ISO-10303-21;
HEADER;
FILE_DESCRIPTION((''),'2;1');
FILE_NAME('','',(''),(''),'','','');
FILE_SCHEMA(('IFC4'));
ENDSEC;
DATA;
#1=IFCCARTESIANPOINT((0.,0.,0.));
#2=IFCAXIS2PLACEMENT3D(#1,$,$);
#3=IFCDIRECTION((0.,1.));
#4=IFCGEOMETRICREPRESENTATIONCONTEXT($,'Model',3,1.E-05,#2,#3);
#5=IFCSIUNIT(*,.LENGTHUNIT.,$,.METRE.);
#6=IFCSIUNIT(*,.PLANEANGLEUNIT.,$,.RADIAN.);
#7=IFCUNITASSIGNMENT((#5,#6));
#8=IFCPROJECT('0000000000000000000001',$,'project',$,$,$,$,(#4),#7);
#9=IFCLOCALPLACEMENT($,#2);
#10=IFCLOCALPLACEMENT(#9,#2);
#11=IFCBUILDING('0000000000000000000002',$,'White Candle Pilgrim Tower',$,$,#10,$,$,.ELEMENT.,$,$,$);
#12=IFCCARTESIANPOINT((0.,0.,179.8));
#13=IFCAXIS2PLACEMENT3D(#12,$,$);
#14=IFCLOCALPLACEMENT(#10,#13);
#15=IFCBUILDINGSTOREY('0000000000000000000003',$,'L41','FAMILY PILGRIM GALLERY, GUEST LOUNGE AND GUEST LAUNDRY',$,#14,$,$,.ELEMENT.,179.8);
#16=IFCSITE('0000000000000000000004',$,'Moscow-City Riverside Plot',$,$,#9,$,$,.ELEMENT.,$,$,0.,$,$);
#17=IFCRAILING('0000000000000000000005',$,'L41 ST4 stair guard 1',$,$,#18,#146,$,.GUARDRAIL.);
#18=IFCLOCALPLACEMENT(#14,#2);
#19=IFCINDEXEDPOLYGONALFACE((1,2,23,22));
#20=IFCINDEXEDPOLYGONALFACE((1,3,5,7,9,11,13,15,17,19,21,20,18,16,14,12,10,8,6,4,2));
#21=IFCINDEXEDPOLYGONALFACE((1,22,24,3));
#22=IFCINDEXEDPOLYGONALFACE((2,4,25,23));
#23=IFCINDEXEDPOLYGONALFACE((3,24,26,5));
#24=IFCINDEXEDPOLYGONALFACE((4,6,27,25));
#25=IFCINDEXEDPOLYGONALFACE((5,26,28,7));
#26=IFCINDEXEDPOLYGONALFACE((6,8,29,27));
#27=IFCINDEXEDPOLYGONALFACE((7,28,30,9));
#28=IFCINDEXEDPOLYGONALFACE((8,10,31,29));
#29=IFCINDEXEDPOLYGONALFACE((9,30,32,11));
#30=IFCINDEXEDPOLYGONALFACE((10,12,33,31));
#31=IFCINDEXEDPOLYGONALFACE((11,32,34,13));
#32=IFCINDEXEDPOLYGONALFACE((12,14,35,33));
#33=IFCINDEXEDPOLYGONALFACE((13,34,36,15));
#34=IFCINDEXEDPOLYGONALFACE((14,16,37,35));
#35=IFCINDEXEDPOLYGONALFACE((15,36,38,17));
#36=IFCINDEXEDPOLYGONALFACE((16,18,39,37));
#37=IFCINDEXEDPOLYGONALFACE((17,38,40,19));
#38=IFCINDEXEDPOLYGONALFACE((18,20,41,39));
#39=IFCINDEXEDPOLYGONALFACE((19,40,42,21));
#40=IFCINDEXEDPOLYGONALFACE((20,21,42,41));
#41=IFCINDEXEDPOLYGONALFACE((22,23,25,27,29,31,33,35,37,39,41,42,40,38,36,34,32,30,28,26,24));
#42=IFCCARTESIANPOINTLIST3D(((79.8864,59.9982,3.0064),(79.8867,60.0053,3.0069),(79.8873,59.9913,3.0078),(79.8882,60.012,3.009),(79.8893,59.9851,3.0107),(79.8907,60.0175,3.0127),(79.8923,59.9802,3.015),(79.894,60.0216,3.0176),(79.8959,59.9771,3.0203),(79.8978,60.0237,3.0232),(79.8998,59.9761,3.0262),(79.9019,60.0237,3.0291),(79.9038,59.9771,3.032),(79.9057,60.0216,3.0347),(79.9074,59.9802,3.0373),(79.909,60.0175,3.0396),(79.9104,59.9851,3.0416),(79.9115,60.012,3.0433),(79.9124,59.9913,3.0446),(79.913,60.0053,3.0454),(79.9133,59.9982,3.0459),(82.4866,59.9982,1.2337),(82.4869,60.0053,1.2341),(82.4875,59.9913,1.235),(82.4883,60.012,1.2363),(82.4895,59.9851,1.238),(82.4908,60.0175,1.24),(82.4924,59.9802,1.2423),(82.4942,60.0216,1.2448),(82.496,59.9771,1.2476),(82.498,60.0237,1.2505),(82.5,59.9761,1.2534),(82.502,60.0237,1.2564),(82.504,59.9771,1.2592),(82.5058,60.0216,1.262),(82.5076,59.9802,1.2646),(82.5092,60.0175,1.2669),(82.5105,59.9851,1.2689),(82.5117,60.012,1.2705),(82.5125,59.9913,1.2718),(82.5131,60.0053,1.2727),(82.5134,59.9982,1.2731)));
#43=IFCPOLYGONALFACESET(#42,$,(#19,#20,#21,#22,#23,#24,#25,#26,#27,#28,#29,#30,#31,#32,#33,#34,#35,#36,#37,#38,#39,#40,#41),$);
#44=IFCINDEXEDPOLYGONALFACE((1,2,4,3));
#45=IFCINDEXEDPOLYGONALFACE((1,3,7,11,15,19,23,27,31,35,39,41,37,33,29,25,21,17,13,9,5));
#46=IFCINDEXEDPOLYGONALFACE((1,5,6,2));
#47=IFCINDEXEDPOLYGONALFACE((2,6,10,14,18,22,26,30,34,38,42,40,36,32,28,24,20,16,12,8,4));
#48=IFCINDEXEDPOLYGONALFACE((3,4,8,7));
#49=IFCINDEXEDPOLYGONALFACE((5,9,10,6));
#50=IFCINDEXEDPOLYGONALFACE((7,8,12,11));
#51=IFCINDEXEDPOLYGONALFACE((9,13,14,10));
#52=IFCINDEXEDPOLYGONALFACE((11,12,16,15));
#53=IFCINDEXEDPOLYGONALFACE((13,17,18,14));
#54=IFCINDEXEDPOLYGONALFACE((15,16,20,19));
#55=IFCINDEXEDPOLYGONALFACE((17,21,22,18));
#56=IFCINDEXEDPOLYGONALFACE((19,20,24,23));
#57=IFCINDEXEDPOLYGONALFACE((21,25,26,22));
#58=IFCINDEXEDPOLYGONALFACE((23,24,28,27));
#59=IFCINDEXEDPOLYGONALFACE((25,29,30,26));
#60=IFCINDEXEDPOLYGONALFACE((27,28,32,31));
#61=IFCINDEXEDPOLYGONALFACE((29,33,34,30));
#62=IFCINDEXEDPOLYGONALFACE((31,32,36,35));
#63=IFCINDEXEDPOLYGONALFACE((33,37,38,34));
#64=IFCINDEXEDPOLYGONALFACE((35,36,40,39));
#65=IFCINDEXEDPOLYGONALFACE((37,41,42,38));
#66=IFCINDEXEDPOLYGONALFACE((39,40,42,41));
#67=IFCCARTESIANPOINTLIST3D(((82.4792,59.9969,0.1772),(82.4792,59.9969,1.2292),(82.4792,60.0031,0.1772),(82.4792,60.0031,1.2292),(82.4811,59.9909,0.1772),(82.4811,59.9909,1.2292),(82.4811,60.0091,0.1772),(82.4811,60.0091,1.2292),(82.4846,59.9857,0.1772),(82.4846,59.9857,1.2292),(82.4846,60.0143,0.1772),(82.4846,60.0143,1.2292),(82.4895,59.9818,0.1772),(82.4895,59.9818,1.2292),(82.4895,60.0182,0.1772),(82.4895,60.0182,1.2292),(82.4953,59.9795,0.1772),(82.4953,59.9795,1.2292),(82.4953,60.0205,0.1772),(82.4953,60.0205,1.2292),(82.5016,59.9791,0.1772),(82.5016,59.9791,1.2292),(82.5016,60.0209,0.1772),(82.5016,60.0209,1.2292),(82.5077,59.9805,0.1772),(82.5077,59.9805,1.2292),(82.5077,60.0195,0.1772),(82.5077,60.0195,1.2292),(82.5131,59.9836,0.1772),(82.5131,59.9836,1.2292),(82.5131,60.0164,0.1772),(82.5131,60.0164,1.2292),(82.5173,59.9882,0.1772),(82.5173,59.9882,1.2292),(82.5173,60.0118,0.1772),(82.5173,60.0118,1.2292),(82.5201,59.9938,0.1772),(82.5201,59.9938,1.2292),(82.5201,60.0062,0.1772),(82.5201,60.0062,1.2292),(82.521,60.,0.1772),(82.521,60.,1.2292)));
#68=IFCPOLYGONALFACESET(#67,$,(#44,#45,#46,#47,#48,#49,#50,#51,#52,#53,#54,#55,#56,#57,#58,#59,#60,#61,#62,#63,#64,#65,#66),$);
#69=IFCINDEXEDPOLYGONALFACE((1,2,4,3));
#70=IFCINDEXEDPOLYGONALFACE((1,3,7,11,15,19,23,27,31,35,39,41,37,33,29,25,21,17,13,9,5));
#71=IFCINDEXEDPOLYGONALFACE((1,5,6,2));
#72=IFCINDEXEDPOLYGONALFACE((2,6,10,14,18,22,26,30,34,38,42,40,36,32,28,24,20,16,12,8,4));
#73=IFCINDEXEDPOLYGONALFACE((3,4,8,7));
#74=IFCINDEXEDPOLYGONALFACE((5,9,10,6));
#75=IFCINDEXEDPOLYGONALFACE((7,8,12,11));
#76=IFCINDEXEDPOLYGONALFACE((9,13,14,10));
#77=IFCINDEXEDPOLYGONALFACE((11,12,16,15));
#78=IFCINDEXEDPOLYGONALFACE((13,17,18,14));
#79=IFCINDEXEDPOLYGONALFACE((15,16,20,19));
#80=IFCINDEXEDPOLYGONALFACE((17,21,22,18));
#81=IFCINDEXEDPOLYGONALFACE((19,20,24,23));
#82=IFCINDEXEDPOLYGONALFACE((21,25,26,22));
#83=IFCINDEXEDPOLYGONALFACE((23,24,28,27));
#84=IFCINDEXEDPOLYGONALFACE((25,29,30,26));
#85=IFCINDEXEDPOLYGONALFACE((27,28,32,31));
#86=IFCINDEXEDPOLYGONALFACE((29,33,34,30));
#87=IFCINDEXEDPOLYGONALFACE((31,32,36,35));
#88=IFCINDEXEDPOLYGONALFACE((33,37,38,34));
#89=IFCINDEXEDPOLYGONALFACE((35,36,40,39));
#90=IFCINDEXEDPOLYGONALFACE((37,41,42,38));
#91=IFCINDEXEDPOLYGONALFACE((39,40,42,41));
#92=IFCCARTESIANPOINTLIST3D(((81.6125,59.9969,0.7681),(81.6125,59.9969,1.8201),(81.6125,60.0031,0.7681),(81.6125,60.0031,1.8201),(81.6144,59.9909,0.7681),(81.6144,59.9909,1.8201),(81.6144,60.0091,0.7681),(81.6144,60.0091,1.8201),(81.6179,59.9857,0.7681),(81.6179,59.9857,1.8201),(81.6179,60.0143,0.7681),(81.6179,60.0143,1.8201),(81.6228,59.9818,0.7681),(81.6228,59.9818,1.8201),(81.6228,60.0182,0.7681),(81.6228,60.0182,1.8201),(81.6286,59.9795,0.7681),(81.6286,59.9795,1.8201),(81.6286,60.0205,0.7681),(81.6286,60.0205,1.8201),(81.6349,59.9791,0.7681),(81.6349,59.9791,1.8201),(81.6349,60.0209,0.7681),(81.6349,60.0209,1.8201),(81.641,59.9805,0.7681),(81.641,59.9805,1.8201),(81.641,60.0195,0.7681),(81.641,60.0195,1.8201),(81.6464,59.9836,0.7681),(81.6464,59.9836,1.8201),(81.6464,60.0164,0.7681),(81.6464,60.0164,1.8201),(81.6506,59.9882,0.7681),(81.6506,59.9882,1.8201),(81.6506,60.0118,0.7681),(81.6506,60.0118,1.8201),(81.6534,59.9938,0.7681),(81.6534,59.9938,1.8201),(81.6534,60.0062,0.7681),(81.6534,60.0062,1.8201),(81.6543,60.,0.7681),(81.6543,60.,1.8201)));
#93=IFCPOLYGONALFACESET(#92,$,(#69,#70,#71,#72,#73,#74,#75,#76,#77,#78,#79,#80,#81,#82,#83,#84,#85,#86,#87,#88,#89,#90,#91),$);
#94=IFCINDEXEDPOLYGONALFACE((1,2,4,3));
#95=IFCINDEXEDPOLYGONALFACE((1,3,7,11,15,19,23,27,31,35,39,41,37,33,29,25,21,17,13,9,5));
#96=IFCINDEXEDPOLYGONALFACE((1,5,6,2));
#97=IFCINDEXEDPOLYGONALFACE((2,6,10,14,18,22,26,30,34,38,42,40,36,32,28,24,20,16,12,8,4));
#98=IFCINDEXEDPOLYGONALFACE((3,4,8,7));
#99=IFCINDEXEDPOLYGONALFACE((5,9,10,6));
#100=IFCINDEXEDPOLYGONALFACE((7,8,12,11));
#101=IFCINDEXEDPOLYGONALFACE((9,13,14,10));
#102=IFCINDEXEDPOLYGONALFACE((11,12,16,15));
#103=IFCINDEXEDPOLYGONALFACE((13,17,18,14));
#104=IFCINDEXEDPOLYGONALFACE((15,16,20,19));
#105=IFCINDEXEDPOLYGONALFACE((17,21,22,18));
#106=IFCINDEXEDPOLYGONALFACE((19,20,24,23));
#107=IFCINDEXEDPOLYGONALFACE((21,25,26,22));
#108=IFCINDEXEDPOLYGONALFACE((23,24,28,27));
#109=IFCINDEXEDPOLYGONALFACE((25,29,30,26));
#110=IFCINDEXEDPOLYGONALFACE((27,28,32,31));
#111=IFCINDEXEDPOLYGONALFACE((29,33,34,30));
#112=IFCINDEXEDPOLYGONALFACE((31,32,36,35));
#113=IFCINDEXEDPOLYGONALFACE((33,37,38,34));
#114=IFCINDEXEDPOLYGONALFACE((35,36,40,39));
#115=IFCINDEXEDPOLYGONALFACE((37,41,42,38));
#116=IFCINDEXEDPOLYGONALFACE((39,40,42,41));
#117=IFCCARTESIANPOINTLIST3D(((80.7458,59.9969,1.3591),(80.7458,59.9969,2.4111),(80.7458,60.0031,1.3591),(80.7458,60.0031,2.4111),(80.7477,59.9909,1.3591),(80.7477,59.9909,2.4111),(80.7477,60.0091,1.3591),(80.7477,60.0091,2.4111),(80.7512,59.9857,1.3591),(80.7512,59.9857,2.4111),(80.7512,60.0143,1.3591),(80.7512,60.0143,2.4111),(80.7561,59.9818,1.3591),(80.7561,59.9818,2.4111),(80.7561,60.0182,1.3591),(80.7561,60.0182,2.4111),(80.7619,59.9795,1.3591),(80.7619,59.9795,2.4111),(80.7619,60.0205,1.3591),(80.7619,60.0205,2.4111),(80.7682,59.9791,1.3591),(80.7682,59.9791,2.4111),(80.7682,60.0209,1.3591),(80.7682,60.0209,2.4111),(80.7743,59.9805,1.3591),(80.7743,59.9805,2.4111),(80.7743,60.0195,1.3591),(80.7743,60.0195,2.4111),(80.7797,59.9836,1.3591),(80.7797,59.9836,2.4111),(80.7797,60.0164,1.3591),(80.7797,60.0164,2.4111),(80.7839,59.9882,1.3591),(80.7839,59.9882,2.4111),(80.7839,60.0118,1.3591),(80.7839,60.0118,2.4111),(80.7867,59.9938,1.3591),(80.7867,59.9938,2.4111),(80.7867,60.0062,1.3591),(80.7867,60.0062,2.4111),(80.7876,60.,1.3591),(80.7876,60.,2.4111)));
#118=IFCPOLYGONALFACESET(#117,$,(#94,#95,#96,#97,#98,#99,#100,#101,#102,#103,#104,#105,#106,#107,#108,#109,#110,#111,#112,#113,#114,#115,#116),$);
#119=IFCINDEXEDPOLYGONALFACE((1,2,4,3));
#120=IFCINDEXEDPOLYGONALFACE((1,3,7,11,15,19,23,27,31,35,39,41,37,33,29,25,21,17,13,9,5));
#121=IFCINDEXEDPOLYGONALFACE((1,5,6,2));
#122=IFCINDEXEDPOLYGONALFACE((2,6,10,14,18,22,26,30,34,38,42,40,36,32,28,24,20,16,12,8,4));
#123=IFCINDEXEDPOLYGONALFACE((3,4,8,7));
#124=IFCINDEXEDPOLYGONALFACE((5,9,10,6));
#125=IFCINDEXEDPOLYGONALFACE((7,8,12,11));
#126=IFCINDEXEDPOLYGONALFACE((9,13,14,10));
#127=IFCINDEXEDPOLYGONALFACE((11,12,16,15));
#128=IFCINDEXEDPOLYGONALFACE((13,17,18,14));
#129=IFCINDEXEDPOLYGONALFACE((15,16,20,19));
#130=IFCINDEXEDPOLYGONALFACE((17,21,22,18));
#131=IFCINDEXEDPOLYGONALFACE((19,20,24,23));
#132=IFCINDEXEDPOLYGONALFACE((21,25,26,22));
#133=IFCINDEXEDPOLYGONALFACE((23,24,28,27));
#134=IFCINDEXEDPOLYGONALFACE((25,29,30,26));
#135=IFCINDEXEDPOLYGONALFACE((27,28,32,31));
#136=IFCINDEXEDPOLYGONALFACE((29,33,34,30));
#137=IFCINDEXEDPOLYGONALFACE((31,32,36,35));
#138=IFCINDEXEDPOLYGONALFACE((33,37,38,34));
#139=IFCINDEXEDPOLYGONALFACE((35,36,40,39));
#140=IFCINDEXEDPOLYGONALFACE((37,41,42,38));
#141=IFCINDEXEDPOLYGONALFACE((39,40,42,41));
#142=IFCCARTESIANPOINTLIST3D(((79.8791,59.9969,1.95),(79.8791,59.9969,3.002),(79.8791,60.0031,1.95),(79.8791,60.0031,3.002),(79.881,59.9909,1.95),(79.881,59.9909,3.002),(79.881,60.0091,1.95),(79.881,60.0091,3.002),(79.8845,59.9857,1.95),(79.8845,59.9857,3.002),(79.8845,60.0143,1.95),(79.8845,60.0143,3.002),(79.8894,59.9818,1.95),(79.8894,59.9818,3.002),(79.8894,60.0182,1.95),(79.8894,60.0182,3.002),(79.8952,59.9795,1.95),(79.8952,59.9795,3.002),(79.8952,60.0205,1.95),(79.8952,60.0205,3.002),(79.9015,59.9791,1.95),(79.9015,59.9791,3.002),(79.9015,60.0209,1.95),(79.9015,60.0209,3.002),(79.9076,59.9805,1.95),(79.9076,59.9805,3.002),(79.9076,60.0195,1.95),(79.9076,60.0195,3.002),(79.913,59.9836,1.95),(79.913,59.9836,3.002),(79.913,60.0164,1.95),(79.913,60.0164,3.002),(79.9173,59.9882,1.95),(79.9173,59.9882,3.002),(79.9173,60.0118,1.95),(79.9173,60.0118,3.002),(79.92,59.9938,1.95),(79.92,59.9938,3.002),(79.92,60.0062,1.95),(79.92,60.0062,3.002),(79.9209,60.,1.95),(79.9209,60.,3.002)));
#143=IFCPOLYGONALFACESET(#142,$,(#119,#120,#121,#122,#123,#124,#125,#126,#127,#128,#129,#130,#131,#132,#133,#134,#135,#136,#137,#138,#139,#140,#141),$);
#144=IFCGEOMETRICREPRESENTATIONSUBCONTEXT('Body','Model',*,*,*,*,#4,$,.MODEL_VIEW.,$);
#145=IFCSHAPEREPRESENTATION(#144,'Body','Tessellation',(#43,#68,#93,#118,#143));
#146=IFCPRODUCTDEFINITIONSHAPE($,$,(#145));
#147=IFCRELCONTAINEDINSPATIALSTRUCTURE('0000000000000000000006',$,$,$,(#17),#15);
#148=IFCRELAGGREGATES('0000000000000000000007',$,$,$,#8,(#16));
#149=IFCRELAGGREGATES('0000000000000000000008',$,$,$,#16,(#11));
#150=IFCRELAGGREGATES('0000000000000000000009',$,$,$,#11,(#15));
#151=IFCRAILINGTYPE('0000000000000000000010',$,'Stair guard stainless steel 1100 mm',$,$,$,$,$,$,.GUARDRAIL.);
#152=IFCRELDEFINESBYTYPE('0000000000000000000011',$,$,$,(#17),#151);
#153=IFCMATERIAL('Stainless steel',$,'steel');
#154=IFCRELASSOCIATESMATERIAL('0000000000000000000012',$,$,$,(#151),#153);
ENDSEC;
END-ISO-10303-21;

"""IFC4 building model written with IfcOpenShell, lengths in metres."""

from ifc_helpers import new_model, si_unit, direction, frame, origin, origin_2d, place, context, subcontext, project, spatial, circle, extrude, material, type_object, element, save


model = new_model("IFC4")

# Units and contexts
model_context = context("Model", 3, precision=1e-05, world=origin(), true_north=direction((0.0, 1.0)))
body_context = subcontext(model_context, "Body", "Model", "MODEL_VIEW")
ifc_project = project(units=[si_unit("LENGTHUNIT", "METRE"), si_unit("PLANEANGLEUNIT", "RADIAN")], contexts=[model_context])

# Site, building, storey
site_placement = place(None, origin())
site = spatial("IfcSite", under=ifc_project, at=site_placement, Name="Moscow-City Riverside Plot", CompositionType="ELEMENT", RefElevation=0.0)
building_placement = place(site_placement, origin())
building = spatial("IfcBuilding", under=site, at=building_placement, Name="White Candle Pilgrim Tower", CompositionType="ELEMENT")
storey_placement = place(building_placement, frame((0.0, 0.0, 179.8)))
storey = spatial("IfcBuildingStorey", under=building, at=storey_placement, Name="L41", Description="FAMILY PILGRIM GALLERY, GUEST LOUNGE AND GUEST LAUNDRY", CompositionType="ELEMENT", Elevation=179.8)

# Railing
ifc_material_1 = material(Name="Stainless steel", Category="steel")
railing_type_1 = type_object("IfcRailingType", Name="Stair guard stainless steel 1100 mm", PredefinedType="GUARDRAIL", material=ifc_material_1)
railing_1_placement = place(storey_placement, frame((82.5, 60.0, 0.1772)))
element("IfcRailing", 1, at=railing_1_placement, inside=storey, type_object=railing_type_1, Name="L41 ST4 stair guard 1", PredefinedType="GUARDRAIL", context=body_context, shape_type="SweptSolid", body=[
    extrude(circle(Radius=0.0239, at=origin_2d()), frame((0.0, 0.0, 1.0762), z_axis=(-0.82624, 0.0, 0.563318), x_axis=(0.0, -1.0, 0.0)), (0.0, 0.0, 1.0), 3.147),
    extrude(circle(Radius=0.021, at=origin_2d()), origin(), (0.0, 0.0, 1.0), 1.052),
    extrude(circle(Radius=0.021, at=origin_2d()), frame((-0.8667, 0.0, 0.5908)), (0.0, 0.0, 1.0), 1.052),
    extrude(circle(Radius=0.021, at=origin_2d()), frame((-1.7334, 0.0, 1.1819)), (0.0, 0.0, 1.0), 1.052),
    extrude(circle(Radius=0.021, at=origin_2d()), frame((-2.6001, 0.0, 1.7727)), (0.0, 0.0, 1.0), 1.052),
])

save(model, "model.ifc")
